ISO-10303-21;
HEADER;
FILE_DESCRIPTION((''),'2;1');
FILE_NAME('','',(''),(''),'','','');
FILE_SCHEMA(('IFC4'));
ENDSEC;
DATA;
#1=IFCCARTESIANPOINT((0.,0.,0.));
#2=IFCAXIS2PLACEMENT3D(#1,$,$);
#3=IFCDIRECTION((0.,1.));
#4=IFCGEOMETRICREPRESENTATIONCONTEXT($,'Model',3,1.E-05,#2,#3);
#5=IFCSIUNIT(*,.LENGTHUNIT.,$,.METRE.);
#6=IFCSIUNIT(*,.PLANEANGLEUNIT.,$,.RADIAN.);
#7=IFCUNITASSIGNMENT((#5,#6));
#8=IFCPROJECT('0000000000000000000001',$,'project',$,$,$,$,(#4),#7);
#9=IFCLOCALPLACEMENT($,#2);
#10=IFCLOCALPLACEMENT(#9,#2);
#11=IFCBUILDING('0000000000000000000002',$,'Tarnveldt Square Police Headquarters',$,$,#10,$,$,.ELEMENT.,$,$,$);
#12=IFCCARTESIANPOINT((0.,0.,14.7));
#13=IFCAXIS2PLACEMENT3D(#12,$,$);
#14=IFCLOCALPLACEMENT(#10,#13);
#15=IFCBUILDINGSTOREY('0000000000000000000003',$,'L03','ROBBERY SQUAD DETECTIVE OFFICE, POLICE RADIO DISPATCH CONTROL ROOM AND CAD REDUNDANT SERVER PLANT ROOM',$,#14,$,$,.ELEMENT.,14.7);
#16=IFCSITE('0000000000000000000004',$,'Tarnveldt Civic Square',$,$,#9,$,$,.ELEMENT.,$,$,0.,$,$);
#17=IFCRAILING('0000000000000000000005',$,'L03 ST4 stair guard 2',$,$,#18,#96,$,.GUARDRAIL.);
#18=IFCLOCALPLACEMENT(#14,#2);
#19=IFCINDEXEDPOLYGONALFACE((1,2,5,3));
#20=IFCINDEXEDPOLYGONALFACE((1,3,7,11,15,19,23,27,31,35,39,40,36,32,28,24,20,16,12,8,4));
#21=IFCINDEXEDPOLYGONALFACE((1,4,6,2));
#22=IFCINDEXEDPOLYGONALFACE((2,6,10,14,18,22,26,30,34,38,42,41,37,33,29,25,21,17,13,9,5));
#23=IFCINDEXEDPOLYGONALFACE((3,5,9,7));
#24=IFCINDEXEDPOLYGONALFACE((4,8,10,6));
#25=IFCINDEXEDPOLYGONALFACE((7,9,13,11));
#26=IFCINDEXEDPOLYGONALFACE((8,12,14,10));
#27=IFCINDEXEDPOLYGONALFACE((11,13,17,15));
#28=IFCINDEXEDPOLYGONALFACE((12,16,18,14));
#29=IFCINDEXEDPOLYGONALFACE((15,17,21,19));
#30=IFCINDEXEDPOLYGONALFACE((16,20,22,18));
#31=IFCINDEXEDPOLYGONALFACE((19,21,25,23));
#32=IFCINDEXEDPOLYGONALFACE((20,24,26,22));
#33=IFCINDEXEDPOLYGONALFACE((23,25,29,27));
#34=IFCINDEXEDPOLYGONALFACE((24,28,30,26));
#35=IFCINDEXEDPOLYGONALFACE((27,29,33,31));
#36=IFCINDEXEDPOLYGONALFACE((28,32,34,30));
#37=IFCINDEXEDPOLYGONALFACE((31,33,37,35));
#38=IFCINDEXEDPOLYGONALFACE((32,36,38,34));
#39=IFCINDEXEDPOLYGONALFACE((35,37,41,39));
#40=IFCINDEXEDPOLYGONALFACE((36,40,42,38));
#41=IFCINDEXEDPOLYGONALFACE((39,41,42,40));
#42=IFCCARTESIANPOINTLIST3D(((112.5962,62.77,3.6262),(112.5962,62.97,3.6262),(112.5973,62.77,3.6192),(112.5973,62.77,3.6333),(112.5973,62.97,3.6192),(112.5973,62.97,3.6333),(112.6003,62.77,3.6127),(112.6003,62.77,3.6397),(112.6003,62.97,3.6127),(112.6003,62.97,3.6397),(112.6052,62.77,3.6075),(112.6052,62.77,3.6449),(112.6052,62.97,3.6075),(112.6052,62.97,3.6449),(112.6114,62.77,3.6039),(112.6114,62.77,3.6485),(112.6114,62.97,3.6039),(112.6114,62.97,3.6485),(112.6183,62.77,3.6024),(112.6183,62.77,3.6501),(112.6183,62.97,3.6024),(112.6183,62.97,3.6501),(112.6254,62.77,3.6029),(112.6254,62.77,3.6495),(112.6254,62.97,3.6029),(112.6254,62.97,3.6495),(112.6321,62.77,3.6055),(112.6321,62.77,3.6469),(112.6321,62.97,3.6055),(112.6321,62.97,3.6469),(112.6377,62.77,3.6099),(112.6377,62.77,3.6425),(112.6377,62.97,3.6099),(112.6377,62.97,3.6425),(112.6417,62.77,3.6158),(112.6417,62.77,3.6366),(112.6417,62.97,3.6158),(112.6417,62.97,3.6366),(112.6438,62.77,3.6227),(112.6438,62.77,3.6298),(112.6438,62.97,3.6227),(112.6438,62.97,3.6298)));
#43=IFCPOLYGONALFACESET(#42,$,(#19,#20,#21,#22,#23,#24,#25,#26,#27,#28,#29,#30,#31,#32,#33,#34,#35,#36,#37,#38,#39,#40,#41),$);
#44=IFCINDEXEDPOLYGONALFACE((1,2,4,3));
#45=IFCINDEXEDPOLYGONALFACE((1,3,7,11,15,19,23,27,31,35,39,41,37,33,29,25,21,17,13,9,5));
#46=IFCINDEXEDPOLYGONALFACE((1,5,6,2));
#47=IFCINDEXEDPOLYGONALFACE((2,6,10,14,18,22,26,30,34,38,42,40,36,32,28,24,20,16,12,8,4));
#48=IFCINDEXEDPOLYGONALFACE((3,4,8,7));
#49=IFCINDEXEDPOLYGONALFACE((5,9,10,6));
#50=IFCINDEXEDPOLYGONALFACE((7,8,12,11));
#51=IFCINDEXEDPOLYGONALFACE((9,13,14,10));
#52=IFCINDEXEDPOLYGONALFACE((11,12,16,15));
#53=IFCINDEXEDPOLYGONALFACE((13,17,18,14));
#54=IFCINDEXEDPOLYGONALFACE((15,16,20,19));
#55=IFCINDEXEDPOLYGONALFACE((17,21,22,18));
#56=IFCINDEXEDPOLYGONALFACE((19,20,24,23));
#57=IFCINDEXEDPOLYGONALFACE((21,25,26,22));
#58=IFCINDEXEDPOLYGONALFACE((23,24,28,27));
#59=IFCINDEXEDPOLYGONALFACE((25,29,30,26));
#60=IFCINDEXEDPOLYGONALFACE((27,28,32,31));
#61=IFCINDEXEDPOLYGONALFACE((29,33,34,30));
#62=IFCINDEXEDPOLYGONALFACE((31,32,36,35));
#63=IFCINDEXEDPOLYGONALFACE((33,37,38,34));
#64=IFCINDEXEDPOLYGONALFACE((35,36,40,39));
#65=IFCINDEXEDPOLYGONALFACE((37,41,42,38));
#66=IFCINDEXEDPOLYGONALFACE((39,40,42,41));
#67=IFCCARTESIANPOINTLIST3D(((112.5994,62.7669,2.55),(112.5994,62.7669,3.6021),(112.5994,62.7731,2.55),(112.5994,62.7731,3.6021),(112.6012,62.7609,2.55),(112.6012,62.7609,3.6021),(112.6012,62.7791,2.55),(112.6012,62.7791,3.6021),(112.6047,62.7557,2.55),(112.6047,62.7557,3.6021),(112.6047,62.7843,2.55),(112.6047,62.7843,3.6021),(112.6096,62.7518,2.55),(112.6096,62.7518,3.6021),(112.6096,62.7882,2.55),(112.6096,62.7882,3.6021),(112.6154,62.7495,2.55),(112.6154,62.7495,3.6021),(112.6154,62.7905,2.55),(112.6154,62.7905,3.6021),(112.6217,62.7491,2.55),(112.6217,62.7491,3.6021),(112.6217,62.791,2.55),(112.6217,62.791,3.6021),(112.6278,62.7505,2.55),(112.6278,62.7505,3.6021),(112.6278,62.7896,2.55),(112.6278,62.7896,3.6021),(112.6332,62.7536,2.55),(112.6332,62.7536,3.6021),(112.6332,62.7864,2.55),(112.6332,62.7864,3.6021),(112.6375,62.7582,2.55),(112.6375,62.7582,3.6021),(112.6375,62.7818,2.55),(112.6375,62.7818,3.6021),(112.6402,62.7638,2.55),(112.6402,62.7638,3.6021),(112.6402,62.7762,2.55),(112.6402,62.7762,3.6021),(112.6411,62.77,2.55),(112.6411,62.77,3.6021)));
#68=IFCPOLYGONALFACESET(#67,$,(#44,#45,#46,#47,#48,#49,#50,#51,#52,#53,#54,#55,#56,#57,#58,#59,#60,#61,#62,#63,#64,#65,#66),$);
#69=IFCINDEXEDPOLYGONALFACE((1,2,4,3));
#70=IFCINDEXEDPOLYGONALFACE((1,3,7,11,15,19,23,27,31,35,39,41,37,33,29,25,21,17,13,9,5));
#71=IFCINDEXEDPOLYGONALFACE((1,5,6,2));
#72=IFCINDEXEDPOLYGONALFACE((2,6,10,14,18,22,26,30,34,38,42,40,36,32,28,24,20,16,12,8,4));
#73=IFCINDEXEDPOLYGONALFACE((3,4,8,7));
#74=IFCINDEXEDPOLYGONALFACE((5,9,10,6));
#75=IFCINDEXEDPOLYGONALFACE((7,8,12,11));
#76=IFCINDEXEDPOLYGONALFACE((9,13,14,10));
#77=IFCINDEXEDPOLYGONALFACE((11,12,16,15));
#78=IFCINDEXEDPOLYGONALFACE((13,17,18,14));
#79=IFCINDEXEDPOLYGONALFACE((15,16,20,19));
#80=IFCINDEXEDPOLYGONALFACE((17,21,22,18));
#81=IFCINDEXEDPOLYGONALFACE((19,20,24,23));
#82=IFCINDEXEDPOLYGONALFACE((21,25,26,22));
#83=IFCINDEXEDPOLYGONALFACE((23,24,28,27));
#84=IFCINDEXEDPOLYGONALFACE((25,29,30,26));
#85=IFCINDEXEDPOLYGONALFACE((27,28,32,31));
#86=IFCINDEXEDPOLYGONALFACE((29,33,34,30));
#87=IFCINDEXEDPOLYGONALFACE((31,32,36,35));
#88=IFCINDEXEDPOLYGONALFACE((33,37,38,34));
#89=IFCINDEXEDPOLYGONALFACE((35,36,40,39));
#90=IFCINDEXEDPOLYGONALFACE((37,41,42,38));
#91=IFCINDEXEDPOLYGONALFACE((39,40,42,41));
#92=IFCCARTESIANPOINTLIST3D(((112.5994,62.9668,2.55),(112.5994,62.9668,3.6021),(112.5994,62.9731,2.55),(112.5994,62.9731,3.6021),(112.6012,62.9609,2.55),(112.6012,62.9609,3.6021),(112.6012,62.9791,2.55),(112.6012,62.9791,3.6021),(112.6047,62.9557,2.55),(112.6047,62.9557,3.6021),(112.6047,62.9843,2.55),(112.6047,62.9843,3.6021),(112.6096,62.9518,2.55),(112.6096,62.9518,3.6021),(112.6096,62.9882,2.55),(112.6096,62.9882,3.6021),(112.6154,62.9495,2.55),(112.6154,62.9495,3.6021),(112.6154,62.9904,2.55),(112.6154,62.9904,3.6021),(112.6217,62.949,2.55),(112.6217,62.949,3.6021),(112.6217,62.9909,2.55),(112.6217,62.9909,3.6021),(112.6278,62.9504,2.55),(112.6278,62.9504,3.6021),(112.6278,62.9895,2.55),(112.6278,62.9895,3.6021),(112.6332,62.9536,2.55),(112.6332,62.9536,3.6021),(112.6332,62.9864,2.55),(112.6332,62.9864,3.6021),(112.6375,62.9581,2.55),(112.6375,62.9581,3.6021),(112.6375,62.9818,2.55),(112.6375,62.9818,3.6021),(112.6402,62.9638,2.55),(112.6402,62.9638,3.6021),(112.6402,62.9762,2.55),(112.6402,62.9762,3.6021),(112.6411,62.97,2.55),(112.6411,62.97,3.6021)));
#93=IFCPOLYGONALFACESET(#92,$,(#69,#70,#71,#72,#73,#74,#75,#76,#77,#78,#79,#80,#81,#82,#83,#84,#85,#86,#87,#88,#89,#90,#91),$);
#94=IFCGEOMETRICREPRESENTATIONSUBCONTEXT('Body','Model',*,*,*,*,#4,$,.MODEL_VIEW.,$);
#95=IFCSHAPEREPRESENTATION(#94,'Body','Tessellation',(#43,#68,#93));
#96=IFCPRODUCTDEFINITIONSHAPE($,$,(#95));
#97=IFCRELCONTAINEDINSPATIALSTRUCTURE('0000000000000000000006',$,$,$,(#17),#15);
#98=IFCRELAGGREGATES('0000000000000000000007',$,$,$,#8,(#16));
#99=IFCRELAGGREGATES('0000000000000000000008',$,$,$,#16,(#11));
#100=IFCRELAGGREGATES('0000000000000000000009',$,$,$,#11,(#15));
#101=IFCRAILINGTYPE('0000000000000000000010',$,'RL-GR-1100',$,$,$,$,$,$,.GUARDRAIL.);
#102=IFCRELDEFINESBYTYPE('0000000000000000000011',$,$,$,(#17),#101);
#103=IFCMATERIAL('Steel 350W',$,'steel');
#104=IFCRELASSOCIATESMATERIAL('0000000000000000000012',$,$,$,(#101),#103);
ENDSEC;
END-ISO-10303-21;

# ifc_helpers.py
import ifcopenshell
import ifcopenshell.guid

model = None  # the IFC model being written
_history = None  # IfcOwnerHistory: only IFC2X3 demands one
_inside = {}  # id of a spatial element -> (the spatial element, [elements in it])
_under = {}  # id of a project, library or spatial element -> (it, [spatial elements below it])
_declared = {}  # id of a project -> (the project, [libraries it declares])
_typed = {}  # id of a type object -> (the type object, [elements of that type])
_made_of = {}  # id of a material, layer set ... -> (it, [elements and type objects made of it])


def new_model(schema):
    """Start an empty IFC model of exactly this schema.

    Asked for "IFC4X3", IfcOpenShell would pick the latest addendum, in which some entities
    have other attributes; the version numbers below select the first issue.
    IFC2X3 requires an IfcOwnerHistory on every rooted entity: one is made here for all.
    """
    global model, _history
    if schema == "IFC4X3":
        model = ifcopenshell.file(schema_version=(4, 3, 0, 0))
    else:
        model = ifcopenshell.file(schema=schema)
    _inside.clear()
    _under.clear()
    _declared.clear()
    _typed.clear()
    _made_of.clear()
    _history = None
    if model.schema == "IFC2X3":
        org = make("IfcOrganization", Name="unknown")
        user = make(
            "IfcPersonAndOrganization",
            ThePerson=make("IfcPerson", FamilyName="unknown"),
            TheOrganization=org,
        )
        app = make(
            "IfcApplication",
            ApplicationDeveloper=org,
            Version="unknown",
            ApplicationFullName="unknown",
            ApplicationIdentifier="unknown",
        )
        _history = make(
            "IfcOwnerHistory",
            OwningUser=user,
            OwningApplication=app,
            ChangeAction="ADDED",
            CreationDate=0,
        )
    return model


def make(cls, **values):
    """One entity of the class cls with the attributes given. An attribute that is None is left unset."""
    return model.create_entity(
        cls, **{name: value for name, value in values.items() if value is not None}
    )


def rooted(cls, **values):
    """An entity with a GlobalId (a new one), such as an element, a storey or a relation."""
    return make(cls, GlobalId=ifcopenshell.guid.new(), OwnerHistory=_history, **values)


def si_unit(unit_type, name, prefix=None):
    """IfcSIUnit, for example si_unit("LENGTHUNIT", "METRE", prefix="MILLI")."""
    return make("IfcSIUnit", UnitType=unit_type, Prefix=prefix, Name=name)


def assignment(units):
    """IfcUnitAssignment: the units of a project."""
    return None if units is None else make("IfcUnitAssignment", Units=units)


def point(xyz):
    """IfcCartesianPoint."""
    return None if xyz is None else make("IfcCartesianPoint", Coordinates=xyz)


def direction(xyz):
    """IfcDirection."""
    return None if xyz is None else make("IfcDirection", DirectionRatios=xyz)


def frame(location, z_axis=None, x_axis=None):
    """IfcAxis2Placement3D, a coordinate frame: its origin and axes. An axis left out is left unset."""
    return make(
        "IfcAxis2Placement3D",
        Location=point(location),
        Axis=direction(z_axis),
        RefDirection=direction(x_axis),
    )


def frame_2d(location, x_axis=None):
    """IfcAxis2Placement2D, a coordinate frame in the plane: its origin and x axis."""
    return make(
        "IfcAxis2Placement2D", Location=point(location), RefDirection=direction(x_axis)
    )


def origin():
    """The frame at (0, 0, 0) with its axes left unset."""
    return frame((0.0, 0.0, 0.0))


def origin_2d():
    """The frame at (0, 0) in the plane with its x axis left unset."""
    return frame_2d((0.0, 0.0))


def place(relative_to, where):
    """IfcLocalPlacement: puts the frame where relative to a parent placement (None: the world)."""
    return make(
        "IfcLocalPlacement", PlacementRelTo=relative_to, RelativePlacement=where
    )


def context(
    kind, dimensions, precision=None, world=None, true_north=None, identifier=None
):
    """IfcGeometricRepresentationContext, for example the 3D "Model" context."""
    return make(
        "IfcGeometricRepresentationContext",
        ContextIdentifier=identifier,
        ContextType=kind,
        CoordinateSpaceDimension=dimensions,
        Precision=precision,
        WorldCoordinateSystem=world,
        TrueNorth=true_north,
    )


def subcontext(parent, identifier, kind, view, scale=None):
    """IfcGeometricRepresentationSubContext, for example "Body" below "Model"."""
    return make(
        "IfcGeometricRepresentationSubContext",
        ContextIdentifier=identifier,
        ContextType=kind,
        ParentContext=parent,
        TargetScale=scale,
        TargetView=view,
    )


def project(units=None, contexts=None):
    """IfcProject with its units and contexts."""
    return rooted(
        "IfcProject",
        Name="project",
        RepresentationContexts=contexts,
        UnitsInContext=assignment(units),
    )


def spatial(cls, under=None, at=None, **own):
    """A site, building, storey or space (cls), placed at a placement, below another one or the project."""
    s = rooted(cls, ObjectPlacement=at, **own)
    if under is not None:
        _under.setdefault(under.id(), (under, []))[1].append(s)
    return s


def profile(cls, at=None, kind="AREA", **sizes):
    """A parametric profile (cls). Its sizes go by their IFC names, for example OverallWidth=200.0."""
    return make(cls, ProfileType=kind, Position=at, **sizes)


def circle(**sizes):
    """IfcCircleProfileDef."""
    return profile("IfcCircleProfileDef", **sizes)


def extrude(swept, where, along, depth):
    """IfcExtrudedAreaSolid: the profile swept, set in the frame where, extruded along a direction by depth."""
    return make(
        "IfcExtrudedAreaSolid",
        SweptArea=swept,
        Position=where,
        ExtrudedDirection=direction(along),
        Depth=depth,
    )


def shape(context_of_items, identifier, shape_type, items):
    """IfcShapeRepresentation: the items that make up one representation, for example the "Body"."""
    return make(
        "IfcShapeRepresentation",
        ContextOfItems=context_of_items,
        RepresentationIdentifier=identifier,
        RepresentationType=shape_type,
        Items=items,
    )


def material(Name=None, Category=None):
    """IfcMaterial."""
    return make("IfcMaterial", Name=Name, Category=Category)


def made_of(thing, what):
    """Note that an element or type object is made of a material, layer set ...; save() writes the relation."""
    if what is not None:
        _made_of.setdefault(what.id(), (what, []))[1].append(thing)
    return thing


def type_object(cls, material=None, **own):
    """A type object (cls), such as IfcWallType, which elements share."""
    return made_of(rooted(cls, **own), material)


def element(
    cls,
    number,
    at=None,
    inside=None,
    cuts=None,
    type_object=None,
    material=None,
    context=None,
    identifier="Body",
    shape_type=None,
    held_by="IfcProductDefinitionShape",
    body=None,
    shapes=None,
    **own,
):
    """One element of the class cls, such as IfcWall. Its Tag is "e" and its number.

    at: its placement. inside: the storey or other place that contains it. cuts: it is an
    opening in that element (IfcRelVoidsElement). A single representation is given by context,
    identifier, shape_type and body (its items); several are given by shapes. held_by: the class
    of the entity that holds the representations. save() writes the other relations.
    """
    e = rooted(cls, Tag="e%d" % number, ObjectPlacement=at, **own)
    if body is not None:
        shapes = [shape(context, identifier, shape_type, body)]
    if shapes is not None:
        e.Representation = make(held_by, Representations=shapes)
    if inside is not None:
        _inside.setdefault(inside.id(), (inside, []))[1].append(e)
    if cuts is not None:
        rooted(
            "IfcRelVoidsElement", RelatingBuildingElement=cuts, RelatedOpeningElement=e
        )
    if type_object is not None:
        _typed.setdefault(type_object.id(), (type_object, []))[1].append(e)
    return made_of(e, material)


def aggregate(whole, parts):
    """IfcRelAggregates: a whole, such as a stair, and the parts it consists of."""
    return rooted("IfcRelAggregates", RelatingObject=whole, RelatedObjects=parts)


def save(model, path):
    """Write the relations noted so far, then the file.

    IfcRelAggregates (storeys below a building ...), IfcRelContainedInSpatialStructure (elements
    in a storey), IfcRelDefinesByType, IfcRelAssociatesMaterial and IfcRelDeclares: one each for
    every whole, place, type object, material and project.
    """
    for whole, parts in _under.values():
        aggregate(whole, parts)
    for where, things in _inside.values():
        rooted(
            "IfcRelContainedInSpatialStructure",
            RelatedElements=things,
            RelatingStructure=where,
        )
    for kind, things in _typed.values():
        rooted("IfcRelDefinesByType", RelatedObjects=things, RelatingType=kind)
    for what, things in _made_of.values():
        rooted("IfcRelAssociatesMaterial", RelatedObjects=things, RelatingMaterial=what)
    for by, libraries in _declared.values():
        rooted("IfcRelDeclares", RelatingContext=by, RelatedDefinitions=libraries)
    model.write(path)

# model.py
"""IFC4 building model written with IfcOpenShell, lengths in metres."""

from ifc_helpers import new_model, si_unit, direction, frame, origin, origin_2d, place, context, subcontext, project, spatial, circle, extrude, material, type_object, element, save


model = new_model("IFC4")

# Units and contexts
model_context = context("Model", 3, precision=1e-05, world=origin(), true_north=direction((0.0, 1.0)))
body_context = subcontext(model_context, "Body", "Model", "MODEL_VIEW")
ifc_project = project(units=[si_unit("LENGTHUNIT", "METRE"), si_unit("PLANEANGLEUNIT", "RADIAN")], contexts=[model_context])

# Site, building, storey
site_placement = place(None, origin())
site = spatial("IfcSite", under=ifc_project, at=site_placement, Name="Tarnveldt Civic Square", CompositionType="ELEMENT", RefElevation=0.0)
building_placement = place(site_placement, origin())
building = spatial("IfcBuilding", under=site, at=building_placement, Name="Tarnveldt Square Police Headquarters", CompositionType="ELEMENT")
storey_placement = place(building_placement, frame((0.0, 0.0, 14.7)))
storey = spatial("IfcBuildingStorey", under=building, at=storey_placement, Name="L03", Description="ROBBERY SQUAD DETECTIVE OFFICE, POLICE RADIO DISPATCH CONTROL ROOM AND CAD REDUNDANT SERVER PLANT ROOM", CompositionType="ELEMENT", Elevation=14.7)

# Shared definitions
ifc_material_1 = material(Name="Steel 350W", Category="steel")

# Railing
railing_type_1 = type_object("IfcRailingType", Name="RL-GR-1100", PredefinedType="GUARDRAIL", material=ifc_material_1)
railing_1_placement = place(storey_placement, frame((112.6201, 62.77, 2.55)))
element("IfcRailing", 1, at=railing_1_placement, inside=storey, type_object=railing_type_1, Name="L03 ST4 stair guard 2", PredefinedType="GUARDRAIL", context=body_context, shape_type="SweptSolid", body=[
    extrude(circle(Radius=0.0239, at=origin_2d()), frame((0.0, 0.0, 1.0762), z_axis=(0.0, 1.0, 0.0), x_axis=(-1.0, 0.0, 0.0)), (0.0, 0.0, 1.0), 0.2),
    extrude(circle(Radius=0.021, at=origin_2d()), origin(), (0.0, 0.0, 1.0), 1.052),
    extrude(circle(Radius=0.021, at=origin_2d()), frame((0.0, 0.2, 0.0)), (0.0, 0.0, 1.0), 1.052),
])

save(model, "model.ifc")
